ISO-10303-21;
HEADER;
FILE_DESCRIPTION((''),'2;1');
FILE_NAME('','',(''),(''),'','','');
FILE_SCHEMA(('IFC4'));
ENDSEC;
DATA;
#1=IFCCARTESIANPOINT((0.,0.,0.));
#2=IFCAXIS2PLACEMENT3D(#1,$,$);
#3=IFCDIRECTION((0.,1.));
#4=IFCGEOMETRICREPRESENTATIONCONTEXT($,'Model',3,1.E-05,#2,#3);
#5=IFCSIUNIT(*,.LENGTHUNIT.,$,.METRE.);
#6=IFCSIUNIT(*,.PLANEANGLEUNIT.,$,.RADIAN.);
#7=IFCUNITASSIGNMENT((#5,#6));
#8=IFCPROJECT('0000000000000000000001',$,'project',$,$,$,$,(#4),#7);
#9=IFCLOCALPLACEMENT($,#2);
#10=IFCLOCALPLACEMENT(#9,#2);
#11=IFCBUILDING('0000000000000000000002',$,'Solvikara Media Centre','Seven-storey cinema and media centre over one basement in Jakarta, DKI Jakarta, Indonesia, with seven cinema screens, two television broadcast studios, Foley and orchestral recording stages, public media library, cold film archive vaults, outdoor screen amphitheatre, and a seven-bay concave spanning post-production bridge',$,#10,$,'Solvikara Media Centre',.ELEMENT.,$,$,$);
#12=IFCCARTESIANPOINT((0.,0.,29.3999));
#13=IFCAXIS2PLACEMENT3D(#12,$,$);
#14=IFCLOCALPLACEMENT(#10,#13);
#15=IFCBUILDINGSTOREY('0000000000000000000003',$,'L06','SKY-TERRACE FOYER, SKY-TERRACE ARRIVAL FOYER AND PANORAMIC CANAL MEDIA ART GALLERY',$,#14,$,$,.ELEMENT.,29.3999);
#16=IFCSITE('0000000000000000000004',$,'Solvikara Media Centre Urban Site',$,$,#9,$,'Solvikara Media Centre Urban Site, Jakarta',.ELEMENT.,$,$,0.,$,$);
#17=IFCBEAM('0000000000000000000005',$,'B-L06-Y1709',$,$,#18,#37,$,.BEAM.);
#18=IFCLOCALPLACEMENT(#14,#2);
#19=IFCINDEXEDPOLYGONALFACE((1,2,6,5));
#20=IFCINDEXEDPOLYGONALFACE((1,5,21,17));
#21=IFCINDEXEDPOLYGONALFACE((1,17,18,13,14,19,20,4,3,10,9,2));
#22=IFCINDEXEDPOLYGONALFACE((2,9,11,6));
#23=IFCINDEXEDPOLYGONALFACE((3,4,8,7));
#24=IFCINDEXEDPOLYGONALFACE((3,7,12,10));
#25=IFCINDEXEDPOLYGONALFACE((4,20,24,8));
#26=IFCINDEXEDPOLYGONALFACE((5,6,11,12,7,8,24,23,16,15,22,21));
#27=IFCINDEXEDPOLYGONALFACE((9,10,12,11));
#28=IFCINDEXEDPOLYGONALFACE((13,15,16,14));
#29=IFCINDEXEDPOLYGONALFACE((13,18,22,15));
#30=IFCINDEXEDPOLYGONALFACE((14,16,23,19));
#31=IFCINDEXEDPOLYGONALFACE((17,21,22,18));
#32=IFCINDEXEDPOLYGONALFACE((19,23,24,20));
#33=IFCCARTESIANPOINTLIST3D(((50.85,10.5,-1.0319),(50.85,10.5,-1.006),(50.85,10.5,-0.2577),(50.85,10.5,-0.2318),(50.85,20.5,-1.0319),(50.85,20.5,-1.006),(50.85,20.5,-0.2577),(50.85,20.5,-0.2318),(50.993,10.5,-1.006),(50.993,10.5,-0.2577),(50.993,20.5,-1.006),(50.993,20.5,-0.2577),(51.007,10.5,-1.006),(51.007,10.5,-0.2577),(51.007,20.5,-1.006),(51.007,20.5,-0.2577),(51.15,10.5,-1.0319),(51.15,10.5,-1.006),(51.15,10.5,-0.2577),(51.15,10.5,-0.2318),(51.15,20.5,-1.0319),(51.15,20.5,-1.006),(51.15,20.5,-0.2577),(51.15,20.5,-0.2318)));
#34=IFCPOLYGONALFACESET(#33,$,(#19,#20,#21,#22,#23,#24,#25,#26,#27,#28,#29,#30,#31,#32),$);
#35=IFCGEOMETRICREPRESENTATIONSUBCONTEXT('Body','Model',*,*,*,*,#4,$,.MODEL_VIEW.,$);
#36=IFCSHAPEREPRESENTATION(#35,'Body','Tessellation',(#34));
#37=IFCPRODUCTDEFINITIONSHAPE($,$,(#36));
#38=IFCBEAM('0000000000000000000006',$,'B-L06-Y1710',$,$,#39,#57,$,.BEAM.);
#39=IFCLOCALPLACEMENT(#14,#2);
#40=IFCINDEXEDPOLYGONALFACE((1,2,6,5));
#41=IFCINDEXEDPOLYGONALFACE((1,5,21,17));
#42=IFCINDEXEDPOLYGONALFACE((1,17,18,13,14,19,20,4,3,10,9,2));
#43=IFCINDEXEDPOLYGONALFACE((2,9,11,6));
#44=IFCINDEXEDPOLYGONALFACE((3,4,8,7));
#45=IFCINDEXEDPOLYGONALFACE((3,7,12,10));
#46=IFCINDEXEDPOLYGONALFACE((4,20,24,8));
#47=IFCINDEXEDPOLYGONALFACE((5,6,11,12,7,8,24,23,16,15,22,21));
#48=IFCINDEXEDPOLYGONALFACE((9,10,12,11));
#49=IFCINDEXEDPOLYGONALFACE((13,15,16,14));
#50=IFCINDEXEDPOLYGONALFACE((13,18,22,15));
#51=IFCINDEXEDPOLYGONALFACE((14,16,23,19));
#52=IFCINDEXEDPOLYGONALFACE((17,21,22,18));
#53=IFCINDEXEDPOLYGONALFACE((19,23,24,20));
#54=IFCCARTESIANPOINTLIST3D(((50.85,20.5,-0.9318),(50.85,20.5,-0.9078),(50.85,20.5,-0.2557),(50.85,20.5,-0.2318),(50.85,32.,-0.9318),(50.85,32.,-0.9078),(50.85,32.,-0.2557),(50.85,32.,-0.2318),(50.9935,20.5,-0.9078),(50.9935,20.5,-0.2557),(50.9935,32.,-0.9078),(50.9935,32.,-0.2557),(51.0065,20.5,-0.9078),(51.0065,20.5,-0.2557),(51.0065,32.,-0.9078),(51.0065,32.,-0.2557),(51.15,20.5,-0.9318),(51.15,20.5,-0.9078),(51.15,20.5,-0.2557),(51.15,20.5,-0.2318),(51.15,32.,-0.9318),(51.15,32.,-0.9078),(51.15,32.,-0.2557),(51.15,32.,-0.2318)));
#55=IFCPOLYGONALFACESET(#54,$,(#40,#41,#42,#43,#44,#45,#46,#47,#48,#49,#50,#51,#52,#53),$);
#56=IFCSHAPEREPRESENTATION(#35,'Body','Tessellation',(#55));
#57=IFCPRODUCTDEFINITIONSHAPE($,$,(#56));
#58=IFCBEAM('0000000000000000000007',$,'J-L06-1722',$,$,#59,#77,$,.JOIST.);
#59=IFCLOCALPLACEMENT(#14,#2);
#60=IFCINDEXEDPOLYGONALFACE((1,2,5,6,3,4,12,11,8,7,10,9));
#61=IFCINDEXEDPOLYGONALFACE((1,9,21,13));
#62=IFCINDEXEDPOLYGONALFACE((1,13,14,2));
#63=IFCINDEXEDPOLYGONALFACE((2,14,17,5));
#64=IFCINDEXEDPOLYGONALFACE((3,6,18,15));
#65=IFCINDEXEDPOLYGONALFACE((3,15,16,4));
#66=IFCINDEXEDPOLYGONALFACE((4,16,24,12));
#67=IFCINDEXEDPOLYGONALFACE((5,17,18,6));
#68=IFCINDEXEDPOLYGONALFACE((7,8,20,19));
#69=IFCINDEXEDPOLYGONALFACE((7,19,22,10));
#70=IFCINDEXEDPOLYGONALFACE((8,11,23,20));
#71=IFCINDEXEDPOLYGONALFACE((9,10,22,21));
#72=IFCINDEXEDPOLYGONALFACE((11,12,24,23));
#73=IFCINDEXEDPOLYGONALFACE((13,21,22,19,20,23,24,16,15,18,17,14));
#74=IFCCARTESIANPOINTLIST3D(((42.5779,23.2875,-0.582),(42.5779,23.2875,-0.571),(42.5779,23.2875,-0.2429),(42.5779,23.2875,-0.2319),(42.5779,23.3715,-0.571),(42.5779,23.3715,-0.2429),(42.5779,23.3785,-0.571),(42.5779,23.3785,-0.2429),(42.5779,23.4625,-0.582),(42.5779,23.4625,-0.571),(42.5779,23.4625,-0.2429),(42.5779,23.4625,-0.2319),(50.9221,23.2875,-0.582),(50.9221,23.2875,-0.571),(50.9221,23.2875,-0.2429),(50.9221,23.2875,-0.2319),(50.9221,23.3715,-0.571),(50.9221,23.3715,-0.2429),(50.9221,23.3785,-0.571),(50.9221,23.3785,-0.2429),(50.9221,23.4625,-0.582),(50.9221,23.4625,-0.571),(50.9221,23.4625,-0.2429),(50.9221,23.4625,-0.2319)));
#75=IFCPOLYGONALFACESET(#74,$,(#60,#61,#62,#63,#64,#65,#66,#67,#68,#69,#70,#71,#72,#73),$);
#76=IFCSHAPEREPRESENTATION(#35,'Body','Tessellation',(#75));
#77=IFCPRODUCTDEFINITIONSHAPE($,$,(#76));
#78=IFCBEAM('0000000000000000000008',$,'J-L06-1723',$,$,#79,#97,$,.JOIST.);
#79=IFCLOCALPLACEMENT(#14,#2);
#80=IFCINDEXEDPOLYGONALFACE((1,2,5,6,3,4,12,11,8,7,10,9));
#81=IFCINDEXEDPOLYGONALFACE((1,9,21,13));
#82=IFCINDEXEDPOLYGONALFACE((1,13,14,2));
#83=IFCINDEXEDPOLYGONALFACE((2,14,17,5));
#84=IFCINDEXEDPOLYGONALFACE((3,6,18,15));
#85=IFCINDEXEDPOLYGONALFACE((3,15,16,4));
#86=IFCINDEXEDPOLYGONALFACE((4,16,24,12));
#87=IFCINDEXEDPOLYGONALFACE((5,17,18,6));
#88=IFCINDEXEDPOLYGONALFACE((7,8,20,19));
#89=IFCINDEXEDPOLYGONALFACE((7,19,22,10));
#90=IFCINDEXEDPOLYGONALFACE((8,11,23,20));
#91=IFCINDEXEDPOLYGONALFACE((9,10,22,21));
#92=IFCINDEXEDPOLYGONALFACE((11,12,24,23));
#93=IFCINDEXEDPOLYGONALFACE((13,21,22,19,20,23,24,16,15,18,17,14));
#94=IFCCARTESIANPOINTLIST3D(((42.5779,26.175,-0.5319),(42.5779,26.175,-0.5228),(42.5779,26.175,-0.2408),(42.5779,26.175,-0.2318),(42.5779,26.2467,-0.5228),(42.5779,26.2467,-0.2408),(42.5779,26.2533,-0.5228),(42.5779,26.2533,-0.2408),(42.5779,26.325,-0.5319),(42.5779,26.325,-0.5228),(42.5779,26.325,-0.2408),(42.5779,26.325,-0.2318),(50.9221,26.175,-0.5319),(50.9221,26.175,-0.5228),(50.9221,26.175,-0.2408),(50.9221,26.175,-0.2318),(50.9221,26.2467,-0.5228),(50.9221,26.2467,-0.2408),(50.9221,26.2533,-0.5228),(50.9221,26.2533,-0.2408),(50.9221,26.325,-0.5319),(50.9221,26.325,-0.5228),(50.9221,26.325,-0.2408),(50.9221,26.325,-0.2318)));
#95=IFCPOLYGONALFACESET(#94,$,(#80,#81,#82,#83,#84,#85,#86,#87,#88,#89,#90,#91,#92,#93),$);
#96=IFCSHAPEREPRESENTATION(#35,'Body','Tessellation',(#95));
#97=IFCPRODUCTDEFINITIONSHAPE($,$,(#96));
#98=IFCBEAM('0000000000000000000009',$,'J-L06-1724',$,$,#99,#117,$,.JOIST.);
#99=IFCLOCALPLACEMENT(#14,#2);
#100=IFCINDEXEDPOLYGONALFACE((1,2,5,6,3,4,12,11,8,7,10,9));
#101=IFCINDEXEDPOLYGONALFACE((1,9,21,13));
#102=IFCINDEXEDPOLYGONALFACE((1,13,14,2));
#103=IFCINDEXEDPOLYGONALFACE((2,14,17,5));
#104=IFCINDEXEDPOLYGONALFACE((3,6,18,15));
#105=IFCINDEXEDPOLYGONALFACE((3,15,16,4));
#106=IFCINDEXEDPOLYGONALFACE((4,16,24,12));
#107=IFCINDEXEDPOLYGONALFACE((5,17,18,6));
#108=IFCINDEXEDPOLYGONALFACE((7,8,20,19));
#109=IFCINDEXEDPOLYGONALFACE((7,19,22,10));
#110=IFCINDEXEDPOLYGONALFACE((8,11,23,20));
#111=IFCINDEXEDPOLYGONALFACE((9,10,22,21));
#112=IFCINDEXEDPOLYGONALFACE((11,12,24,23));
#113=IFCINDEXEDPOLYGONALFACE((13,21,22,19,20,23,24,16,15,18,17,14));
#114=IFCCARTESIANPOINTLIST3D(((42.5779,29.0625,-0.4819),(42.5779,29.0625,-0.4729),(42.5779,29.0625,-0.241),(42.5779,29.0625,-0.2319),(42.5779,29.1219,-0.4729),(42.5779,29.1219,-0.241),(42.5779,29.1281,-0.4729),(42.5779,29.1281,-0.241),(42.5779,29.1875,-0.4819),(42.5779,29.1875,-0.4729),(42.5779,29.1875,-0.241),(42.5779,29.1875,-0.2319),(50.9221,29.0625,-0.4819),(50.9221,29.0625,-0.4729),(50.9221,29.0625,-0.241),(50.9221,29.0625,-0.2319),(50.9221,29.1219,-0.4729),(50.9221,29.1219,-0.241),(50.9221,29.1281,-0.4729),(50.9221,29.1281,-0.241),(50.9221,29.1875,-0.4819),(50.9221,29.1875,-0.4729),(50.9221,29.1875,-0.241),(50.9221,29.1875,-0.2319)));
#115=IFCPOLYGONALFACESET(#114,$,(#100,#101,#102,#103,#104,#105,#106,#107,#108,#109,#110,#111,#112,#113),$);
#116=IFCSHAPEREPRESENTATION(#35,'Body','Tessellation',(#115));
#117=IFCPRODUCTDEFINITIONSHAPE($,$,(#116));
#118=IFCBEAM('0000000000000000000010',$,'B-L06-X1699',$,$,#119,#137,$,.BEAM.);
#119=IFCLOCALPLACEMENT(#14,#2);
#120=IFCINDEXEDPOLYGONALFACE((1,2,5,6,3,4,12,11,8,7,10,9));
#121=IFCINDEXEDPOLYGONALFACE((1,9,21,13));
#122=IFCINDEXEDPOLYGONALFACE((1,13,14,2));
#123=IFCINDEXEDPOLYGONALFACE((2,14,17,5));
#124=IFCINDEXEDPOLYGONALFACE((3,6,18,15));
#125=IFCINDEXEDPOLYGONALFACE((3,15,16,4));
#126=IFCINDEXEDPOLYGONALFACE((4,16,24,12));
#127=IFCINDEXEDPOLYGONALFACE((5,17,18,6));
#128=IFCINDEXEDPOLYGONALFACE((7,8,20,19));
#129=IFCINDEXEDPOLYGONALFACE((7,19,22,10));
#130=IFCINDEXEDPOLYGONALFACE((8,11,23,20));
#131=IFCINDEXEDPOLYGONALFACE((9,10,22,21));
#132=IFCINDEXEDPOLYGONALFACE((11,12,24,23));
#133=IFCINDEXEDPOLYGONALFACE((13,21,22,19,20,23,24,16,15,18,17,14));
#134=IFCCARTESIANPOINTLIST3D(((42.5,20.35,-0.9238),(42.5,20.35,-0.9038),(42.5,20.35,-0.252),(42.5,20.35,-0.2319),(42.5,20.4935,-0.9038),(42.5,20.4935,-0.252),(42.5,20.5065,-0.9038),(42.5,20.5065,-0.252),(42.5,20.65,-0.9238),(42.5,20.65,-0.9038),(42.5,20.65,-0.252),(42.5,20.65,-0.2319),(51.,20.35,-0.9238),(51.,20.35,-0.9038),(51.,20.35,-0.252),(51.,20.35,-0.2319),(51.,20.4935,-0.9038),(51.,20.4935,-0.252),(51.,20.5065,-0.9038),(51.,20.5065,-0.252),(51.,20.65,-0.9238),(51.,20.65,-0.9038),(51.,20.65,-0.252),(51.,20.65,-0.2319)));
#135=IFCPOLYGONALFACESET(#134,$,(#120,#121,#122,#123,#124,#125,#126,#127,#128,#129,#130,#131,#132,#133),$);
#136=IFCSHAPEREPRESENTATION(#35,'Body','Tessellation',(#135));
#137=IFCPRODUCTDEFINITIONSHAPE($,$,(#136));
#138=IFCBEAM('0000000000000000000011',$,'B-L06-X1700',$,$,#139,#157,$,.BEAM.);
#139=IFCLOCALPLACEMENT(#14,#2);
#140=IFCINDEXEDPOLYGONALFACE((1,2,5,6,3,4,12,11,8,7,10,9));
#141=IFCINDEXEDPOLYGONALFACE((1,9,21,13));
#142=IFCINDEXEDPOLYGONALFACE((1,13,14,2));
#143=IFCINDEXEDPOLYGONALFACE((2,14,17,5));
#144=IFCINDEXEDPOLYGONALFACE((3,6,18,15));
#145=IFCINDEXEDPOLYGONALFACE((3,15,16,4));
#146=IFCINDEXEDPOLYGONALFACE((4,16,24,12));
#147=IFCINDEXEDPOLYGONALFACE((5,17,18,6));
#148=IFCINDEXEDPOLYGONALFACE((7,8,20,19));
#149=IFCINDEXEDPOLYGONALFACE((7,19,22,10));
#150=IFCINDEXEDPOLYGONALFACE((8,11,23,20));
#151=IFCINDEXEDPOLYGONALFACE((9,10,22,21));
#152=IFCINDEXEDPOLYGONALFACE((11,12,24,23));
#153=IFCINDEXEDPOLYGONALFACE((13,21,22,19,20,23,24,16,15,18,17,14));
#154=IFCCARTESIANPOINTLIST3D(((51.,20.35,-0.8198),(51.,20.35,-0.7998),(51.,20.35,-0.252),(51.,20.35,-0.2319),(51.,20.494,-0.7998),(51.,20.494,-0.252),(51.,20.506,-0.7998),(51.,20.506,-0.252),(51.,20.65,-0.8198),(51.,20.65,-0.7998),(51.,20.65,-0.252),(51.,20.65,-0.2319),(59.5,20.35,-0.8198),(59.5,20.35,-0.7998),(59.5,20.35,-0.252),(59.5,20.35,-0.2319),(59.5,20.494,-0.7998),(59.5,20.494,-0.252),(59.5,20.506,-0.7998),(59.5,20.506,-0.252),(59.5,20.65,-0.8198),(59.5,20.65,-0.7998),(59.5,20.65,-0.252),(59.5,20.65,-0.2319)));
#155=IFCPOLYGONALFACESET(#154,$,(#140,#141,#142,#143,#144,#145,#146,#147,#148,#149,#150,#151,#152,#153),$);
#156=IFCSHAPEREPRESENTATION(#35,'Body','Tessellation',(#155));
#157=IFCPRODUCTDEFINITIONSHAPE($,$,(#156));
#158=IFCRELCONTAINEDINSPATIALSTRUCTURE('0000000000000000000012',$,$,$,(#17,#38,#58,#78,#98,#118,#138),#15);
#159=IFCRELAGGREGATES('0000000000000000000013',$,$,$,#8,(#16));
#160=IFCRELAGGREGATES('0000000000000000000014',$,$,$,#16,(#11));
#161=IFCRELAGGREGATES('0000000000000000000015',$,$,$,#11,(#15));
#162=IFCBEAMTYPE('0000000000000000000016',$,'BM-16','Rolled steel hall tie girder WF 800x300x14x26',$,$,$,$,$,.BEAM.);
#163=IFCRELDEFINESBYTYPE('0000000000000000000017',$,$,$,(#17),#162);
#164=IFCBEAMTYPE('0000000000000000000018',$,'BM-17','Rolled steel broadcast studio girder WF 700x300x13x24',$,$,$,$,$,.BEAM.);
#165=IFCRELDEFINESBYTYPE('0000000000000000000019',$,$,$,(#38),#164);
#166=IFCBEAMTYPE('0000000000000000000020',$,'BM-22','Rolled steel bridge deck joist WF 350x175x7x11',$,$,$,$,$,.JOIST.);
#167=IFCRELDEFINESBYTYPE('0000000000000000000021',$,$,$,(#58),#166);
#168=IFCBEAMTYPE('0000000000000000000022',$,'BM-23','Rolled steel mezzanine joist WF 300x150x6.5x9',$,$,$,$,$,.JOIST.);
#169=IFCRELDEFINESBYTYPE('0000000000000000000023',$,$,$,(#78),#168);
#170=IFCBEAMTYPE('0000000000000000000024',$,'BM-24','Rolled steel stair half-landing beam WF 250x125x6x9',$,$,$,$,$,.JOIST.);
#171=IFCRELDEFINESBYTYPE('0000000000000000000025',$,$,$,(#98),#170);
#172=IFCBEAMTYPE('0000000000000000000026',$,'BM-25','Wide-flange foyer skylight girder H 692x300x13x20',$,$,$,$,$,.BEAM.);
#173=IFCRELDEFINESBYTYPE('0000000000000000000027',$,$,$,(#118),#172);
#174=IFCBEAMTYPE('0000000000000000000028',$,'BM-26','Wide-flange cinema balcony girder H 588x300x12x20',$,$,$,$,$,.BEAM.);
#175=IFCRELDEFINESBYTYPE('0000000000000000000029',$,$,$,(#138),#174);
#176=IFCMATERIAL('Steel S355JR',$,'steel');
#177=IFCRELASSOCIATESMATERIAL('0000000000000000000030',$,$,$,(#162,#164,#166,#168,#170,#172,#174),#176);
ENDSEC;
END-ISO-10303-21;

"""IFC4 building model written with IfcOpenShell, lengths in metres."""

from ifc_helpers import new_model, si_unit, direction, frame, origin, origin_2d, place, context, subcontext, project, spatial, i_section, extrude, material, material_profile, profile_set, type_object, element, save


model = new_model("IFC4")

# Units and contexts
model_context = context("Model", 3, precision=1e-05, world=origin(), true_north=direction((0.0, 1.0)))
body_context = subcontext(model_context, "Body", "Model", "MODEL_VIEW")
ifc_project = project(units=[si_unit("LENGTHUNIT", "METRE"), si_unit("PLANEANGLEUNIT", "RADIAN")], contexts=[model_context])

# Site, building, storey
site_placement = place(None, origin())
site = spatial("IfcSite", under=ifc_project, at=site_placement, Name="Solvikara Media Centre Urban Site", LongName="Solvikara Media Centre Urban Site, Jakarta", CompositionType="ELEMENT", RefElevation=0.0)
building_placement = place(site_placement, origin())
building = spatial("IfcBuilding", under=site, at=building_placement, Name="Solvikara Media Centre", Description="Seven-storey cinema and media centre over one basement in Jakarta, DKI Jakarta, Indonesia, with seven cinema screens, two television broadcast studios, Foley and orchestral recording stages, public media library, cold film archive vaults, outdoor screen amphitheatre, and a seven-bay concave spanning post-production bridge", LongName="Solvikara Media Centre", CompositionType="ELEMENT")
storey_placement = place(building_placement, frame((0.0, 0.0, 29.3999)))
storey = spatial("IfcBuildingStorey", under=building, at=storey_placement, Name="L06", Description="SKY-TERRACE FOYER, SKY-TERRACE ARRIVAL FOYER AND PANORAMIC CANAL MEDIA ART GALLERY", CompositionType="ELEMENT", Elevation=29.3999)

# Beams
ifc_material = material(Name="Steel S355JR", Category="steel")
ifc_material_profile_1 = material_profile(ifc_material, i_section(OverallWidth=0.3, OverallDepth=0.8, WebThickness=0.0139, FlangeThickness=0.0259, at=origin_2d()), Name="WF 800x300x14x26")
ifc_profile_set_1 = profile_set([ifc_material_profile_1], Name="Steel S355JR")
beam_type_1 = type_object("IfcBeamType", Name="BM-16", Description="Rolled steel hall tie girder WF 800x300x14x26", PredefinedType="BEAM", material=ifc_profile_set_1)
beam_1_placement = place(storey_placement, frame((51.0, 10.5, -0.6318), z_axis=(0.0, 1.0, 0.0), x_axis=(-1.0, 0.0, 0.0)))
element("IfcBeam", 1, at=beam_1_placement, inside=storey, type_object=beam_type_1, Name="B-L06-Y1709", PredefinedType="BEAM", context=body_context, shape_type="SweptSolid", body=[
    extrude(i_section(OverallWidth=0.3, OverallDepth=0.8, WebThickness=0.0139, FlangeThickness=0.0259, at=origin_2d()), origin(), (0.0, 0.0, 1.0), 10.0),
])
ifc_material_profile_2 = material_profile(ifc_material, i_section(OverallWidth=0.3, OverallDepth=0.7, WebThickness=0.0129, FlangeThickness=0.0239, at=origin_2d()), Name="WF 700x300x13x24")
ifc_profile_set_2 = profile_set([ifc_material_profile_2], Name="Steel S355JR")
beam_type_2 = type_object("IfcBeamType", Name="BM-17", Description="Rolled steel broadcast studio girder WF 700x300x13x24", PredefinedType="BEAM", material=ifc_profile_set_2)
beam_2_placement = place(storey_placement, frame((51.0, 20.5, -0.5818), z_axis=(0.0, 1.0, 0.0), x_axis=(-1.0, 0.0, 0.0)))
element("IfcBeam", 2, at=beam_2_placement, inside=storey, type_object=beam_type_2, Name="B-L06-Y1710", PredefinedType="BEAM", context=body_context, shape_type="SweptSolid", body=[
    extrude(i_section(OverallWidth=0.3, OverallDepth=0.7, WebThickness=0.0129, FlangeThickness=0.0239, at=origin_2d()), origin(), (0.0, 0.0, 1.0), 11.5),
])
ifc_material_profile_3 = material_profile(ifc_material, i_section(OverallWidth=0.175, OverallDepth=0.3501, WebThickness=0.0071, FlangeThickness=0.011, at=origin_2d()), Name="WF 350x175x7x11")
ifc_profile_set_3 = profile_set([ifc_material_profile_3], Name="Steel S355JR")
beam_type_3 = type_object("IfcBeamType", Name="BM-22", Description="Rolled steel bridge deck joist WF 350x175x7x11", PredefinedType="JOIST", material=ifc_profile_set_3)
beam_3_placement = place(storey_placement, frame((42.5779, 23.375, -0.407), z_axis=(1.0, 0.0, 0.0), x_axis=(0.0, 1.0, 0.0)))
element("IfcBeam", 3, at=beam_3_placement, inside=storey, type_object=beam_type_3, Name="J-L06-1722", PredefinedType="JOIST", context=body_context, shape_type="SweptSolid", body=[
    extrude(i_section(OverallWidth=0.175, OverallDepth=0.3501, WebThickness=0.0071, FlangeThickness=0.011, at=origin_2d()), origin(), (0.0, 0.0, 1.0), 8.3442),
])
ifc_material_profile_4 = material_profile(ifc_material, i_section(OverallWidth=0.1499, OverallDepth=0.3, WebThickness=0.0066, FlangeThickness=0.009, at=origin_2d()), Name="WF 300x150x6.5x9")
ifc_profile_set_4 = profile_set([ifc_material_profile_4], Name="Steel S355JR")
beam_type_4 = type_object("IfcBeamType", Name="BM-23", Description="Rolled steel mezzanine joist WF 300x150x6.5x9", PredefinedType="JOIST", material=ifc_profile_set_4)
beam_4_placement = place(storey_placement, frame((42.5779, 26.25, -0.3818), z_axis=(1.0, 0.0, 0.0), x_axis=(0.0, 1.0, 0.0)))
element("IfcBeam", 4, at=beam_4_placement, inside=storey, type_object=beam_type_4, Name="J-L06-1723", PredefinedType="JOIST", context=body_context, shape_type="SweptSolid", body=[
    extrude(i_section(OverallWidth=0.1499, OverallDepth=0.3, WebThickness=0.0066, FlangeThickness=0.009, at=origin_2d()), origin(), (0.0, 0.0, 1.0), 8.3442),
])
ifc_material_profile_5 = material_profile(ifc_material, i_section(OverallWidth=0.125, OverallDepth=0.25, WebThickness=0.0061, FlangeThickness=0.009, at=origin_2d()), Name="WF 250x125x6x9")
ifc_profile_set_5 = profile_set([ifc_material_profile_5], Name="Steel S355JR")
beam_type_5 = type_object("IfcBeamType", Name="BM-24", Description="Rolled steel stair half-landing beam WF 250x125x6x9", PredefinedType="JOIST", material=ifc_profile_set_5)
beam_5_placement = place(storey_placement, frame((42.5779, 29.125, -0.3569), z_axis=(1.0, 0.0, 0.0), x_axis=(0.0, 1.0, 0.0)))
element("IfcBeam", 5, at=beam_5_placement, inside=storey, type_object=beam_type_5, Name="J-L06-1724", PredefinedType="JOIST", context=body_context, shape_type="SweptSolid", body=[
    extrude(i_section(OverallWidth=0.125, OverallDepth=0.25, WebThickness=0.0061, FlangeThickness=0.009, at=origin_2d()), origin(), (0.0, 0.0, 1.0), 8.3442),
])
ifc_material_profile_6 = material_profile(ifc_material, i_section(OverallWidth=0.3, OverallDepth=0.6919, WebThickness=0.0129, FlangeThickness=0.02, at=origin_2d()), Name="H 692x300x13x20")
ifc_profile_set_6 = profile_set([ifc_material_profile_6], Name="Steel S355JR")
beam_type_6 = type_object("IfcBeamType", Name="BM-25", Description="Wide-flange foyer skylight girder H 692x300x13x20", PredefinedType="BEAM", material=ifc_profile_set_6)
beam_6_placement = place(storey_placement, frame((42.5, 20.5, -0.5779), z_axis=(1.0, 0.0, 0.0), x_axis=(0.0, 1.0, 0.0)))
element("IfcBeam", 6, at=beam_6_placement, inside=storey, type_object=beam_type_6, Name="B-L06-X1699", PredefinedType="BEAM", context=body_context, shape_type="SweptSolid", body=[
    extrude(i_section(OverallWidth=0.3, OverallDepth=0.6919, WebThickness=0.0129, FlangeThickness=0.02, at=origin_2d()), origin(), (0.0, 0.0, 1.0), 8.5),
])
ifc_material_profile_7 = material_profile(ifc_material, i_section(OverallWidth=0.3, OverallDepth=0.5879, WebThickness=0.012, FlangeThickness=0.02, at=origin_2d()), Name="H 588x300x12x20")
ifc_profile_set_7 = profile_set([ifc_material_profile_7], Name="Steel S355JR")
beam_type_7 = type_object("IfcBeamType", Name="BM-26", Description="Wide-flange cinema balcony girder H 588x300x12x20", PredefinedType="BEAM", material=ifc_profile_set_7)
beam_7_placement = place(storey_placement, frame((51.0, 20.5, -0.5259), z_axis=(1.0, 0.0, 0.0), x_axis=(0.0, 1.0, 0.0)))
element("IfcBeam", 7, at=beam_7_placement, inside=storey, type_object=beam_type_7, Name="B-L06-X1700", PredefinedType="BEAM", context=body_context, shape_type="SweptSolid", body=[
    extrude(i_section(OverallWidth=0.3, OverallDepth=0.5879, WebThickness=0.012, FlangeThickness=0.02, at=origin_2d()), origin(), (0.0, 0.0, 1.0), 8.5),
])

save(model, "model.ifc")
